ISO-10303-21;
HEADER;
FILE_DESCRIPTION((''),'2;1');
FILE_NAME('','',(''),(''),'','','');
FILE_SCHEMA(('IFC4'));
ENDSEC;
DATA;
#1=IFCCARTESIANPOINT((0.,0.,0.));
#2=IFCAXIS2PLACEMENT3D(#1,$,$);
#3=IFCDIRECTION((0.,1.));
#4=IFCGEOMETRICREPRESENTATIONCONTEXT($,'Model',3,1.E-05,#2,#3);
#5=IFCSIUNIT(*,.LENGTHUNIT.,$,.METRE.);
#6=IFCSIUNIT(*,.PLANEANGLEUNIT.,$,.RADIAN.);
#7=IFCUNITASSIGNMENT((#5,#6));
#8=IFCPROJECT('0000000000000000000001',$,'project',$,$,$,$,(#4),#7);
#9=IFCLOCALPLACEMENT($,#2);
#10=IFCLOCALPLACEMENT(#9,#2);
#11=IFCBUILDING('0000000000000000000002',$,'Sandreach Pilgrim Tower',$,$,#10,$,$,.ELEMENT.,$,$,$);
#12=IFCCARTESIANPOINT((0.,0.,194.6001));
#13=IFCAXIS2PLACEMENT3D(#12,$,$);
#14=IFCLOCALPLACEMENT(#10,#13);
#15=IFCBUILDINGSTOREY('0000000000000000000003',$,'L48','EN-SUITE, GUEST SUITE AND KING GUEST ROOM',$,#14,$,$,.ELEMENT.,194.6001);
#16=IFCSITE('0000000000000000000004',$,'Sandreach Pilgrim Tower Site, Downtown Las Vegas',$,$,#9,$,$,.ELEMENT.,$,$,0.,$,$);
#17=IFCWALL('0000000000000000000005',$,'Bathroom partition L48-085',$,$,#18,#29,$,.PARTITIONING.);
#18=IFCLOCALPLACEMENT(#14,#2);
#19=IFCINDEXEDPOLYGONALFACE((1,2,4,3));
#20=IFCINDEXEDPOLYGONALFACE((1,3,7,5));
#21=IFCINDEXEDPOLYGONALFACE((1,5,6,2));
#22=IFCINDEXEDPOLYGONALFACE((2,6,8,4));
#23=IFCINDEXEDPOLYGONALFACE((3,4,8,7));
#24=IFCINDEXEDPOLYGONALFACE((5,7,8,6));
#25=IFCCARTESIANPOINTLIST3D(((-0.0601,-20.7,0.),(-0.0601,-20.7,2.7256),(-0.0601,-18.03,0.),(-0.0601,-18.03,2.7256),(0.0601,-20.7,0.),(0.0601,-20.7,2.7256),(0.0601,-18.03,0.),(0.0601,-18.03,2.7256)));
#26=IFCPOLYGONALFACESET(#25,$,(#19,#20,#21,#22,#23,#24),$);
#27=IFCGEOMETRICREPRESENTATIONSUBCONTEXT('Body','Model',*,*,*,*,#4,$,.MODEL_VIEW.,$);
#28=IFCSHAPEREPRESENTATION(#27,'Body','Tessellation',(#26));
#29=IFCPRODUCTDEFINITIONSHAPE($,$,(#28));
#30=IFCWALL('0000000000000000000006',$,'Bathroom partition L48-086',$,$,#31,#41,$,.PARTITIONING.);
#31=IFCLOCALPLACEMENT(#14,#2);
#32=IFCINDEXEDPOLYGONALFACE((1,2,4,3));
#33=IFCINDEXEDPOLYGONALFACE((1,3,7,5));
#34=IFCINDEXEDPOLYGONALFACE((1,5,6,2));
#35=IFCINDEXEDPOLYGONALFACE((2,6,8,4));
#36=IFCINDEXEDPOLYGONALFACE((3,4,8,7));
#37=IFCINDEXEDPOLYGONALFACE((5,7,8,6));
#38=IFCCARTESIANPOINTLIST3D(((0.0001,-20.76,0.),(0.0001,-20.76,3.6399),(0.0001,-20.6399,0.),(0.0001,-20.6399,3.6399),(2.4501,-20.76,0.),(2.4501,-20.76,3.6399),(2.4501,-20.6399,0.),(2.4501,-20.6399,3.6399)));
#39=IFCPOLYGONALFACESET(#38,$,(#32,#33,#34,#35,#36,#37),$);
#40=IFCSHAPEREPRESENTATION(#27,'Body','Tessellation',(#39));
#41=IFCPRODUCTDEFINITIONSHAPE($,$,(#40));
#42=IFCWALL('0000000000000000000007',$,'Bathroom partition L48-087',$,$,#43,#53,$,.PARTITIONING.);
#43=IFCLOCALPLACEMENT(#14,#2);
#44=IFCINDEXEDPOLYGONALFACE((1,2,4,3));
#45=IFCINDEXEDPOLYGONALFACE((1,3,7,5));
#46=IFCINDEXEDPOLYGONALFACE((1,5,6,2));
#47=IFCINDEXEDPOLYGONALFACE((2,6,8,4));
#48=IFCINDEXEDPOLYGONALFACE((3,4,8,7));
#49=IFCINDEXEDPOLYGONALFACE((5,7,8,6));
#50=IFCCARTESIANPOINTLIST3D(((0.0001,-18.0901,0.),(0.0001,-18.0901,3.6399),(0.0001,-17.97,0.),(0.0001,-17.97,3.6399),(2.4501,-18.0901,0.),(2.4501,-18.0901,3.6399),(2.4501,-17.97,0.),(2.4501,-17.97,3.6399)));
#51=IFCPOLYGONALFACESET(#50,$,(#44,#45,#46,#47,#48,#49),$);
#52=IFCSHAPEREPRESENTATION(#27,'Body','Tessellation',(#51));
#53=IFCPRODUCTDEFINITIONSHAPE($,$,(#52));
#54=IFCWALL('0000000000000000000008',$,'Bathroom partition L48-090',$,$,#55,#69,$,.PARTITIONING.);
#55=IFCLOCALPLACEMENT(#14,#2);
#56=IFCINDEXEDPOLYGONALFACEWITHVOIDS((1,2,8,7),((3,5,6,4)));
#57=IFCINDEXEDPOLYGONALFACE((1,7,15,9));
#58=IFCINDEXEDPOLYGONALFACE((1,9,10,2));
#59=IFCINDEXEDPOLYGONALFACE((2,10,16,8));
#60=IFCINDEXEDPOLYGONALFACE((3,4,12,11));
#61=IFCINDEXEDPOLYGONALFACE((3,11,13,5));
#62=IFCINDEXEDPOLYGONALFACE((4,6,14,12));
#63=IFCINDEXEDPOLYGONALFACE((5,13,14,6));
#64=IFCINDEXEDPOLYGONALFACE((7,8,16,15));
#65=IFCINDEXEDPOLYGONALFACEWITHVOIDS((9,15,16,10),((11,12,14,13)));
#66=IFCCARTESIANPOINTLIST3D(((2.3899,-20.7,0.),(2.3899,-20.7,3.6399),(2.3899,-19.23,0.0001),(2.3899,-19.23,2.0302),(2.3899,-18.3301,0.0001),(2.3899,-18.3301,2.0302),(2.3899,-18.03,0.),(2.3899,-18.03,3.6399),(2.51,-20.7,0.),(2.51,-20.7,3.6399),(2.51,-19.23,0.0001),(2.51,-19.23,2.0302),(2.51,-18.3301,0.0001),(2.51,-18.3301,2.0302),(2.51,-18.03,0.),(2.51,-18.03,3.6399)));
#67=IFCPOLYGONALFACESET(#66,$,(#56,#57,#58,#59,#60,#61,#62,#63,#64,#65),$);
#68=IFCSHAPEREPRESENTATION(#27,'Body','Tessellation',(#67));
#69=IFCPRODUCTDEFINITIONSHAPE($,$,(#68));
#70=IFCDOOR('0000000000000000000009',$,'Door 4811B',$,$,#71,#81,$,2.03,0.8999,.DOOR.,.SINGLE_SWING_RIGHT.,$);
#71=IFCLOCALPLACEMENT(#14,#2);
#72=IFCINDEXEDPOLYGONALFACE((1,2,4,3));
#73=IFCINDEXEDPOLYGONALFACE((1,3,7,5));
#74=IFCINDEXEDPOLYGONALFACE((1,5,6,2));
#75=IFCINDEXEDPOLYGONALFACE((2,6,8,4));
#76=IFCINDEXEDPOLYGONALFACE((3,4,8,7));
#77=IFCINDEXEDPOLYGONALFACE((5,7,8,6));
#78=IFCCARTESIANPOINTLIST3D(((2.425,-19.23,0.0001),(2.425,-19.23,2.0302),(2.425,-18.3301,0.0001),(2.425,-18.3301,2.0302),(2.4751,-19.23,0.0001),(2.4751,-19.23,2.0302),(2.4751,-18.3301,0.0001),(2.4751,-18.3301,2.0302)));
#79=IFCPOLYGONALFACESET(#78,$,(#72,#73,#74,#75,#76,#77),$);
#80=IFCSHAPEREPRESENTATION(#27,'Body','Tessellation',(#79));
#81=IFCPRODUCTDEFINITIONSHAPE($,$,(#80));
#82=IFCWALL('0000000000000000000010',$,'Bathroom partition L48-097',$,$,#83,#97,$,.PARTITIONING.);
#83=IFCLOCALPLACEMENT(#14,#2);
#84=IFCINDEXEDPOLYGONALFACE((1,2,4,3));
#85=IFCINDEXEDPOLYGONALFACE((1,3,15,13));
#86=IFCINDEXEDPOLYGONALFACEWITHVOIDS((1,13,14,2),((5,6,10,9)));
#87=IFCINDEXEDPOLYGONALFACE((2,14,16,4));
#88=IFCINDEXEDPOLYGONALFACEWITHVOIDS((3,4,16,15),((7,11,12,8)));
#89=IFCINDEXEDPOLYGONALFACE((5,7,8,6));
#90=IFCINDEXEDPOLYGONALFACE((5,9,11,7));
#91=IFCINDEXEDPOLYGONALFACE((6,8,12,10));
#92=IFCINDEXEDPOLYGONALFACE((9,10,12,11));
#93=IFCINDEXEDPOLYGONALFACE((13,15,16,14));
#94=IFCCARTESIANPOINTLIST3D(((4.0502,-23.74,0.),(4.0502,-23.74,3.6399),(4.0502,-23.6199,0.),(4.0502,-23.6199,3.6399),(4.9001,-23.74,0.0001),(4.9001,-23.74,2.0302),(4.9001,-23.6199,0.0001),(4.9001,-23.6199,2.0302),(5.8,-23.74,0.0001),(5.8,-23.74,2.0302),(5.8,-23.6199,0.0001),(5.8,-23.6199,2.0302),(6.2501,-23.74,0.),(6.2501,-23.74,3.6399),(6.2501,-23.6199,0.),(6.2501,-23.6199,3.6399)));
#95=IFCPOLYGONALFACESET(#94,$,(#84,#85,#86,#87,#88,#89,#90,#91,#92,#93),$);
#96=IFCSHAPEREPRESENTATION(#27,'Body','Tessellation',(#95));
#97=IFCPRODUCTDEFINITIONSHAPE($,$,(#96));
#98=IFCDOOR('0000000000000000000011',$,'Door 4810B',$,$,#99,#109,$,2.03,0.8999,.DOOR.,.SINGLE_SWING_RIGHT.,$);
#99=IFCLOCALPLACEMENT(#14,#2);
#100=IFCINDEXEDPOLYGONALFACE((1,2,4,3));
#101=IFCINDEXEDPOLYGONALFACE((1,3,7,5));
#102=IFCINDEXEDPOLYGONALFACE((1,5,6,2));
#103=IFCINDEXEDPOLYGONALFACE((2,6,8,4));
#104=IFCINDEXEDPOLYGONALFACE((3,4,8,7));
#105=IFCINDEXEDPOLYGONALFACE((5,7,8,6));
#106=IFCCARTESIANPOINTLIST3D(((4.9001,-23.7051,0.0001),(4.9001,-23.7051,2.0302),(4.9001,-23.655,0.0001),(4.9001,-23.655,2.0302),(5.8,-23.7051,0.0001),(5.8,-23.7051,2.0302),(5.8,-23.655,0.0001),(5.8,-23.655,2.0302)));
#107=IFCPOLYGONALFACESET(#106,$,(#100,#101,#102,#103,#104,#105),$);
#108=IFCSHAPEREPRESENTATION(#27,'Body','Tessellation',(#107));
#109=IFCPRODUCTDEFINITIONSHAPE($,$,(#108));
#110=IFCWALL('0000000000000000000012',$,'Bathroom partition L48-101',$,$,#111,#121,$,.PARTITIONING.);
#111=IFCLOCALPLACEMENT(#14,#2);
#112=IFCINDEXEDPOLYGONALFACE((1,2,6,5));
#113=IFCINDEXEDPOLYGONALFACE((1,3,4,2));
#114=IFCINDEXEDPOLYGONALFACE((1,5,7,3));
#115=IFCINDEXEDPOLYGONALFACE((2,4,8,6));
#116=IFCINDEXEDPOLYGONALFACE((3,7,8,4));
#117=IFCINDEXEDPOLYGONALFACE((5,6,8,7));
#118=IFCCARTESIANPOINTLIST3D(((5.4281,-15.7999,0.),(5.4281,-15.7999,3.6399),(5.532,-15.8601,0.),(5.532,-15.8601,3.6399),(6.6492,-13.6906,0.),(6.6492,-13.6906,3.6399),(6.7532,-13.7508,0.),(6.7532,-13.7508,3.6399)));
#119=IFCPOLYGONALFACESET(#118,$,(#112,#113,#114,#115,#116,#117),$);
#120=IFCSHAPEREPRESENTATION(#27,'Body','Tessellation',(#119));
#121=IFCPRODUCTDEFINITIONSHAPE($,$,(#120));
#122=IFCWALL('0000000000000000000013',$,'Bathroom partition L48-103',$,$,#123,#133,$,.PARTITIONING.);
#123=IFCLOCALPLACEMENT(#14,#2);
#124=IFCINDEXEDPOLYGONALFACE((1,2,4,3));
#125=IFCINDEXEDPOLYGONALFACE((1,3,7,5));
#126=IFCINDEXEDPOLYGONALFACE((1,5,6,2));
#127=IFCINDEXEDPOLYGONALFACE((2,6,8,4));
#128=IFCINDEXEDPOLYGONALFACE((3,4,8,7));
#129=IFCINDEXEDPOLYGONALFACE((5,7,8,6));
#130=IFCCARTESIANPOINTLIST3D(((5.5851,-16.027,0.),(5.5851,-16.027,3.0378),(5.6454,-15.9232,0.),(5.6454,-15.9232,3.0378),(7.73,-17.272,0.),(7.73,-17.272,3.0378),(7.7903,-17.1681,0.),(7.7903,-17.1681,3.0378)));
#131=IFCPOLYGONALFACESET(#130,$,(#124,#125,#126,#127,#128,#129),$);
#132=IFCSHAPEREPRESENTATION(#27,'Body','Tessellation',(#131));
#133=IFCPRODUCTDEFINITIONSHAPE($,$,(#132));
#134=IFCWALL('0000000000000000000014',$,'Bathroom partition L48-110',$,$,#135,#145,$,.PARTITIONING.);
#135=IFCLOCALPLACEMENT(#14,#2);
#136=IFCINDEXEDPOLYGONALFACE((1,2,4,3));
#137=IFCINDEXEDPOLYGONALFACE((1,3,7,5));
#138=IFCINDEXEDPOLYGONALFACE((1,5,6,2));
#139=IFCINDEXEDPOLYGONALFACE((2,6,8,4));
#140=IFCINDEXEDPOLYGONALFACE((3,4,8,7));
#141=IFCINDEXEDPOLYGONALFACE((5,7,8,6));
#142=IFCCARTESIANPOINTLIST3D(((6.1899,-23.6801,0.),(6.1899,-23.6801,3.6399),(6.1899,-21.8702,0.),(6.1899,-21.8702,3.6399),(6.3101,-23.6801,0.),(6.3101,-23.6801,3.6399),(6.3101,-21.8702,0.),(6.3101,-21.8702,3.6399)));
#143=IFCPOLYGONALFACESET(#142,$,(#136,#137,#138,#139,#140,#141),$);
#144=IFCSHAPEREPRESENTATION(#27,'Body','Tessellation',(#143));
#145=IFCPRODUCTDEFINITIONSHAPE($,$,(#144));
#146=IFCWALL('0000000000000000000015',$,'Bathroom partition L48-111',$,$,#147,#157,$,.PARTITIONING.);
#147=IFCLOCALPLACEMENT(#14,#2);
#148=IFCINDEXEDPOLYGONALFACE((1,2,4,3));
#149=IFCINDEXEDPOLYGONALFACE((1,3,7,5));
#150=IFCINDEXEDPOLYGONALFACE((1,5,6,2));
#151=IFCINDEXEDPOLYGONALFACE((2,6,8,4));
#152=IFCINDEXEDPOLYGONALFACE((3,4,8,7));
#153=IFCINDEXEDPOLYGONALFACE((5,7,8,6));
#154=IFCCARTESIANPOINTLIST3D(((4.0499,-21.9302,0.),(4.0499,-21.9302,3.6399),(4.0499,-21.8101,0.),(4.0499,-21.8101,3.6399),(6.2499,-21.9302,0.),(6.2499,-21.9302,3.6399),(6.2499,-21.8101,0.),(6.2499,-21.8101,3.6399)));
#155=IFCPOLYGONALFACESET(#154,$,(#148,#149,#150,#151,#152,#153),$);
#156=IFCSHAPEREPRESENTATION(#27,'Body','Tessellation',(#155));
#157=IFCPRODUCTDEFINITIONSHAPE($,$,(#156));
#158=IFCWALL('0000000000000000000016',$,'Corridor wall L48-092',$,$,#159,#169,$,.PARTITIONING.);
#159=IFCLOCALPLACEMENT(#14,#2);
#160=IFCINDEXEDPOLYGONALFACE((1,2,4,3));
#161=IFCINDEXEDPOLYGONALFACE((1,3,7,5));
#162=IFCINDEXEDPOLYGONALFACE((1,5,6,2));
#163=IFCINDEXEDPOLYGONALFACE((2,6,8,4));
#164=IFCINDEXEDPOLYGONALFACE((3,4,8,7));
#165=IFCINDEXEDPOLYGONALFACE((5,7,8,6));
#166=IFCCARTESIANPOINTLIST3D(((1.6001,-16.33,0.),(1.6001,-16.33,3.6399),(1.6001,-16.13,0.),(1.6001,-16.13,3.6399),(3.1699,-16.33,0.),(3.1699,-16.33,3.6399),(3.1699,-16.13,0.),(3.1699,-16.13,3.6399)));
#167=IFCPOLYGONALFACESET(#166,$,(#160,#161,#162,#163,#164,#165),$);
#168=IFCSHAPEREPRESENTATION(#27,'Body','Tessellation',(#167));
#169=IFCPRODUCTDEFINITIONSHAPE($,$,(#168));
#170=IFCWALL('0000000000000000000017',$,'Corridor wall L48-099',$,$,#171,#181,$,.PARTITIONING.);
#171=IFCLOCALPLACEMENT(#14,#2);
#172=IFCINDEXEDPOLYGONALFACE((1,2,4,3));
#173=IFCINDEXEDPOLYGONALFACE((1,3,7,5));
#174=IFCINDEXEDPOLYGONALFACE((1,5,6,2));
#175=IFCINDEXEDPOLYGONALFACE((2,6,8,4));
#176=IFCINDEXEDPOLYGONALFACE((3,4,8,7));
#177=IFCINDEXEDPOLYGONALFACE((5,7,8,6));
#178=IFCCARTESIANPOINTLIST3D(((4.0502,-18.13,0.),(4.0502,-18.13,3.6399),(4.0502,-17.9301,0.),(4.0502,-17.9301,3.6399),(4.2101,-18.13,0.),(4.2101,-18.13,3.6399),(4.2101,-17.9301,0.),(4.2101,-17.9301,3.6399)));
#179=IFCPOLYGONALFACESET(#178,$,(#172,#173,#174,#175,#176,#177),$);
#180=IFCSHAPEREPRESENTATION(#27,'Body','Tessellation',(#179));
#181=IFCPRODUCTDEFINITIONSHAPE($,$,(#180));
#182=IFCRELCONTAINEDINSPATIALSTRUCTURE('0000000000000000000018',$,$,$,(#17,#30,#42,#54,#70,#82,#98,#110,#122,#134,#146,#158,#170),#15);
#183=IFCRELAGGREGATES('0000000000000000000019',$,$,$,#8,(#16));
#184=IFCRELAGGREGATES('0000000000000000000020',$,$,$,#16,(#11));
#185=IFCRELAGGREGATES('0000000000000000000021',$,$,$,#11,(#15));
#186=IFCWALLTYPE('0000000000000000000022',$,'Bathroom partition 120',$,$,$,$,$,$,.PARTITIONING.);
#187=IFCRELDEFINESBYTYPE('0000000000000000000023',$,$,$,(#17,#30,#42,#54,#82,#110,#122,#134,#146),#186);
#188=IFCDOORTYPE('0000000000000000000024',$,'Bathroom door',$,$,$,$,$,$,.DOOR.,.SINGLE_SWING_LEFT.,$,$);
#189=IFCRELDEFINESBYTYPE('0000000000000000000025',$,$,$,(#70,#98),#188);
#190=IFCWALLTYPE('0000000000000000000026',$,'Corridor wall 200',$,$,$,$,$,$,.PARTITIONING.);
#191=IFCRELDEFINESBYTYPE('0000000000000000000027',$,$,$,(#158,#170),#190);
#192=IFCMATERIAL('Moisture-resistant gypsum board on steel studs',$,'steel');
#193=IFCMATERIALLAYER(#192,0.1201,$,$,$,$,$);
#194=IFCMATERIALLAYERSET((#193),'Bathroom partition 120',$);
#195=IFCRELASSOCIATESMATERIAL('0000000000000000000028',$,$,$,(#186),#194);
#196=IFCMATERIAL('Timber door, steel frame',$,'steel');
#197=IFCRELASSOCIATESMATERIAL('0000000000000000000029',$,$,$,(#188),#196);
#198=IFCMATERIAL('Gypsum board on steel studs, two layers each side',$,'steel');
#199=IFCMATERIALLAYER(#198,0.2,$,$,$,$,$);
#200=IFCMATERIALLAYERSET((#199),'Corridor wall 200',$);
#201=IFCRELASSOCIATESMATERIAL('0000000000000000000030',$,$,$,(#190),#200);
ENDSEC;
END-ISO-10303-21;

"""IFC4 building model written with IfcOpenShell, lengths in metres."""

from ifc_helpers import new_model, si_unit, direction, frame, frame_2d, origin, place, context, subcontext, project, spatial, rectangle, extrude, material, layer, layer_set, type_object, element, fill, save


model = new_model("IFC4")

# Units and contexts
model_context = context("Model", 3, precision=1e-05, world=origin(), true_north=direction((0.0, 1.0)))
body_context = subcontext(model_context, "Body", "Model", "MODEL_VIEW")
ifc_project = project(units=[si_unit("LENGTHUNIT", "METRE"), si_unit("PLANEANGLEUNIT", "RADIAN")], contexts=[model_context])

# Site, building, storey
site_placement = place(None, origin())
site = spatial("IfcSite", under=ifc_project, at=site_placement, Name="Sandreach Pilgrim Tower Site, Downtown Las Vegas", CompositionType="ELEMENT", RefElevation=0.0)
building_placement = place(site_placement, origin())
building = spatial("IfcBuilding", under=site, at=building_placement, Name="Sandreach Pilgrim Tower", CompositionType="ELEMENT")
storey_placement = place(building_placement, frame((0.0, 0.0, 194.6001)))
storey = spatial("IfcBuildingStorey", under=building, at=storey_placement, Name="L48", Description="EN-SUITE, GUEST SUITE AND KING GUEST ROOM", CompositionType="ELEMENT", Elevation=194.6001)

# Walls
ifc_material_1 = material(Name="Moisture-resistant gypsum board on steel studs", Category="steel")
ifc_layer_1 = layer(ifc_material_1, 0.1201)
ifc_layer_set_1 = layer_set([ifc_layer_1], Name="Bathroom partition 120")
wall_type_1 = type_object("IfcWallType", Name="Bathroom partition 120", PredefinedType="PARTITIONING", material=ifc_layer_set_1)
wall_1_placement = place(storey_placement, frame((0.0, -20.7, 0.0), z_axis=(0.0, 0.0, 1.0), x_axis=(0.0, 1.0, 0.0)))
element("IfcWall", 1, at=wall_1_placement, inside=storey, type_object=wall_type_1, Name="Bathroom partition L48-085", PredefinedType="PARTITIONING", context=body_context, shape_type="SweptSolid", body=[
    extrude(rectangle(XDim=2.6699, YDim=0.1201, at=frame_2d((1.335, 0.0))), origin(), (0.0, 0.0, 1.0), 2.7256),
])
for number, where, z_axis, x_axis, name in (
    (2, (0.0, -20.7, 0.0), (0.0, 0.0, 1.0), (1.0, 0.0, 0.0), "Bathroom partition L48-086"),
    (3, (0.0, -18.03, 0.0), (0.0, 0.0, 1.0), (1.0, 0.0, 0.0), "Bathroom partition L48-087"),
):
    element("IfcWall", number, at=place(storey_placement, frame(where, z_axis=z_axis, x_axis=x_axis)), inside=storey, type_object=wall_type_1, Name=name, PredefinedType="PARTITIONING", context=body_context, shape_type="SweptSolid", body=[
        extrude(rectangle(XDim=2.45, YDim=0.1201, at=frame_2d((1.2251, 0.0))), origin(), (0.0, 0.0, 1.0), 3.6399),
    ])

# Walls, openings, doors
wall_2_placement = place(storey_placement, frame((2.45, -20.7, 0.0), z_axis=(0.0, 0.0, 1.0), x_axis=(0.0, 1.0, 0.0)))
wall_2 = element("IfcWall", 4, at=wall_2_placement, inside=storey, type_object=wall_type_1, Name="Bathroom partition L48-090", PredefinedType="PARTITIONING", context=body_context, shape_type="SweptSolid", body=[
    extrude(rectangle(XDim=2.6699, YDim=0.1201, at=frame_2d((1.335, 0.0))), origin(), (0.0, 0.0, 1.0), 3.6399),
])
opening_1_placement = place(wall_2_placement, frame((1.47, 0.0, 0.0)))
opening_1 = element("IfcOpeningElement", 5, at=opening_1_placement, cuts=wall_2, PredefinedType="OPENING", context=body_context, shape_type="SweptSolid", body=[
    extrude(rectangle(XDim=0.8999, YDim=2.03, at=frame_2d((0.45, 1.0151))), frame((0.0, 0.0601, 0.0), z_axis=(0.0, -1.0, 0.0), x_axis=(1.0, 0.0, 0.0)), (0.0, 0.0, 1.0), 0.1201),
])
ifc_material_2 = material(Name="Timber door, steel frame", Category="steel")
door_type_1 = type_object("IfcDoorType", Name="Bathroom door", OperationType="SINGLE_SWING_LEFT", PredefinedType="DOOR", material=ifc_material_2)
door_1_placement = place(opening_1_placement, origin())
door_1 = element("IfcDoor", 6, at=door_1_placement, inside=storey, type_object=door_type_1, Name="Door 4811B", OperationType="SINGLE_SWING_RIGHT", OverallHeight=2.03, OverallWidth=0.8999, PredefinedType="DOOR", context=body_context, shape_type="SweptSolid", body=[
    extrude(rectangle(XDim=0.8999, YDim=2.03, at=frame_2d((0.45, 1.0151))), frame((0.0, 0.0249, 0.0), z_axis=(0.0, -1.0, 0.0), x_axis=(1.0, 0.0, 0.0)), (0.0, 0.0, 1.0), 0.05),
])
fill(opening_1, door_1)
wall_3_placement = place(storey_placement, frame((4.05, -23.6799, 0.0), z_axis=(0.0, 0.0, 1.0), x_axis=(1.0, 0.0, 0.0)))
wall_3 = element("IfcWall", 7, at=wall_3_placement, inside=storey, type_object=wall_type_1, Name="Bathroom partition L48-097", PredefinedType="PARTITIONING", context=body_context, shape_type="SweptSolid", body=[
    extrude(rectangle(XDim=2.2, YDim=0.1201, at=frame_2d((1.1001, 0.0))), origin(), (0.0, 0.0, 1.0), 3.6399),
])
opening_2_placement = place(wall_3_placement, frame((0.8501, 0.0, 0.0)))
opening_2 = element("IfcOpeningElement", 8, at=opening_2_placement, cuts=wall_3, PredefinedType="OPENING", context=body_context, shape_type="SweptSolid", body=[
    extrude(rectangle(XDim=0.8999, YDim=2.03, at=frame_2d((0.45, 1.0151))), frame((0.0, 0.0601, 0.0), z_axis=(0.0, -1.0, 0.0), x_axis=(1.0, 0.0, 0.0)), (0.0, 0.0, 1.0), 0.1201),
])
door_2_placement = place(opening_2_placement, origin())
door_2 = element("IfcDoor", 9, at=door_2_placement, inside=storey, type_object=door_type_1, Name="Door 4810B", OperationType="SINGLE_SWING_RIGHT", OverallHeight=2.03, OverallWidth=0.8999, PredefinedType="DOOR", context=body_context, shape_type="SweptSolid", body=[
    extrude(rectangle(XDim=0.8999, YDim=2.03, at=frame_2d((0.45, 1.0151))), frame((0.0, 0.0249, 0.0), z_axis=(0.0, -1.0, 0.0), x_axis=(1.0, 0.0, 0.0)), (0.0, 0.0, 1.0), 0.05),
])
fill(opening_2, door_2)

# Walls
wall_4_placement = place(storey_placement, frame((5.48, -15.8301, 0.0), z_axis=(0.0, 0.0, 1.0), x_axis=(0.501028, 0.865431, 0.0)))
element("IfcWall", 10, at=wall_4_placement, inside=storey, type_object=wall_type_1, Name="Bathroom partition L48-101", PredefinedType="PARTITIONING", context=body_context, shape_type="SweptSolid", body=[
    extrude(rectangle(XDim=2.4373, YDim=0.1201, at=frame_2d((1.2188, 0.0))), origin(), (0.0, 0.0, 1.0), 3.6399),
])
wall_5_placement = place(storey_placement, frame((5.6152, -15.9751, 0.0), z_axis=(0.0, 0.0, 1.0), x_axis=(0.864873, -0.501991, 0.0)))
element("IfcWall", 11, at=wall_5_placement, inside=storey, type_object=wall_type_1, Name="Bathroom partition L48-103", PredefinedType="PARTITIONING", context=body_context, shape_type="SweptSolid", body=[
    extrude(rectangle(XDim=2.48, YDim=0.1201, at=frame_2d((1.24, 0.0))), origin(), (0.0, 0.0, 1.0), 3.0378),
])
wall_6_placement = place(storey_placement, frame((6.25, -23.6799, 0.0), z_axis=(0.0, 0.0, 1.0), x_axis=(0.0, 1.0, 0.0)))
element("IfcWall", 12, at=wall_6_placement, inside=storey, type_object=wall_type_1, Name="Bathroom partition L48-110", PredefinedType="PARTITIONING", context=body_context, shape_type="SweptSolid", body=[
    extrude(rectangle(XDim=1.8098, YDim=0.1201, at=frame_2d((0.9048, 0.0))), origin(), (0.0, 0.0, 1.0), 3.6399),
])
wall_7_placement = place(storey_placement, frame((6.25, -21.8701, 0.0), z_axis=(0.0, 0.0, 1.0), x_axis=(-1.0, 0.0, 0.0)))
element("IfcWall", 13, at=wall_7_placement, inside=storey, type_object=wall_type_1, Name="Bathroom partition L48-111", PredefinedType="PARTITIONING", context=body_context, shape_type="SweptSolid", body=[
    extrude(rectangle(XDim=2.2, YDim=0.1201, at=frame_2d((1.1001, 0.0))), origin(), (0.0, 0.0, 1.0), 3.6399),
])

# Shared definitions
ifc_material_3 = material(Name="Gypsum board on steel studs, two layers each side", Category="steel")
ifc_layer_2 = layer(ifc_material_3, 0.2)
ifc_layer_set_2 = layer_set([ifc_layer_2], Name="Corridor wall 200")
wall_type_2 = type_object("IfcWallType", Name="Corridor wall 200", PredefinedType="PARTITIONING", material=ifc_layer_set_2)

# Walls
wall_8_placement = place(storey_placement, frame((3.1699, -16.23, 0.0), z_axis=(0.0, 0.0, 1.0), x_axis=(-1.0, 0.0, 0.0)))
element("IfcWall", 14, at=wall_8_placement, inside=storey, type_object=wall_type_2, Name="Corridor wall L48-092", PredefinedType="PARTITIONING", context=body_context, shape_type="SweptSolid", body=[
    extrude(rectangle(XDim=1.5698, YDim=0.2, at=frame_2d((0.7849, 0.0))), origin(), (0.0, 0.0, 1.0), 3.6399),
])
wall_9_placement = place(storey_placement, frame((4.05, -18.03, 0.0), z_axis=(0.0, 0.0, 1.0), x_axis=(1.0, 0.0, 0.0)))
element("IfcWall", 15, at=wall_9_placement, inside=storey, type_object=wall_type_2, Name="Corridor wall L48-099", PredefinedType="PARTITIONING", context=body_context, shape_type="SweptSolid", body=[
    extrude(rectangle(XDim=0.1599, YDim=0.2, at=frame_2d((0.0801, 0.0))), origin(), (0.0, 0.0, 1.0), 3.6399),
])

save(model, "model.ifc")
